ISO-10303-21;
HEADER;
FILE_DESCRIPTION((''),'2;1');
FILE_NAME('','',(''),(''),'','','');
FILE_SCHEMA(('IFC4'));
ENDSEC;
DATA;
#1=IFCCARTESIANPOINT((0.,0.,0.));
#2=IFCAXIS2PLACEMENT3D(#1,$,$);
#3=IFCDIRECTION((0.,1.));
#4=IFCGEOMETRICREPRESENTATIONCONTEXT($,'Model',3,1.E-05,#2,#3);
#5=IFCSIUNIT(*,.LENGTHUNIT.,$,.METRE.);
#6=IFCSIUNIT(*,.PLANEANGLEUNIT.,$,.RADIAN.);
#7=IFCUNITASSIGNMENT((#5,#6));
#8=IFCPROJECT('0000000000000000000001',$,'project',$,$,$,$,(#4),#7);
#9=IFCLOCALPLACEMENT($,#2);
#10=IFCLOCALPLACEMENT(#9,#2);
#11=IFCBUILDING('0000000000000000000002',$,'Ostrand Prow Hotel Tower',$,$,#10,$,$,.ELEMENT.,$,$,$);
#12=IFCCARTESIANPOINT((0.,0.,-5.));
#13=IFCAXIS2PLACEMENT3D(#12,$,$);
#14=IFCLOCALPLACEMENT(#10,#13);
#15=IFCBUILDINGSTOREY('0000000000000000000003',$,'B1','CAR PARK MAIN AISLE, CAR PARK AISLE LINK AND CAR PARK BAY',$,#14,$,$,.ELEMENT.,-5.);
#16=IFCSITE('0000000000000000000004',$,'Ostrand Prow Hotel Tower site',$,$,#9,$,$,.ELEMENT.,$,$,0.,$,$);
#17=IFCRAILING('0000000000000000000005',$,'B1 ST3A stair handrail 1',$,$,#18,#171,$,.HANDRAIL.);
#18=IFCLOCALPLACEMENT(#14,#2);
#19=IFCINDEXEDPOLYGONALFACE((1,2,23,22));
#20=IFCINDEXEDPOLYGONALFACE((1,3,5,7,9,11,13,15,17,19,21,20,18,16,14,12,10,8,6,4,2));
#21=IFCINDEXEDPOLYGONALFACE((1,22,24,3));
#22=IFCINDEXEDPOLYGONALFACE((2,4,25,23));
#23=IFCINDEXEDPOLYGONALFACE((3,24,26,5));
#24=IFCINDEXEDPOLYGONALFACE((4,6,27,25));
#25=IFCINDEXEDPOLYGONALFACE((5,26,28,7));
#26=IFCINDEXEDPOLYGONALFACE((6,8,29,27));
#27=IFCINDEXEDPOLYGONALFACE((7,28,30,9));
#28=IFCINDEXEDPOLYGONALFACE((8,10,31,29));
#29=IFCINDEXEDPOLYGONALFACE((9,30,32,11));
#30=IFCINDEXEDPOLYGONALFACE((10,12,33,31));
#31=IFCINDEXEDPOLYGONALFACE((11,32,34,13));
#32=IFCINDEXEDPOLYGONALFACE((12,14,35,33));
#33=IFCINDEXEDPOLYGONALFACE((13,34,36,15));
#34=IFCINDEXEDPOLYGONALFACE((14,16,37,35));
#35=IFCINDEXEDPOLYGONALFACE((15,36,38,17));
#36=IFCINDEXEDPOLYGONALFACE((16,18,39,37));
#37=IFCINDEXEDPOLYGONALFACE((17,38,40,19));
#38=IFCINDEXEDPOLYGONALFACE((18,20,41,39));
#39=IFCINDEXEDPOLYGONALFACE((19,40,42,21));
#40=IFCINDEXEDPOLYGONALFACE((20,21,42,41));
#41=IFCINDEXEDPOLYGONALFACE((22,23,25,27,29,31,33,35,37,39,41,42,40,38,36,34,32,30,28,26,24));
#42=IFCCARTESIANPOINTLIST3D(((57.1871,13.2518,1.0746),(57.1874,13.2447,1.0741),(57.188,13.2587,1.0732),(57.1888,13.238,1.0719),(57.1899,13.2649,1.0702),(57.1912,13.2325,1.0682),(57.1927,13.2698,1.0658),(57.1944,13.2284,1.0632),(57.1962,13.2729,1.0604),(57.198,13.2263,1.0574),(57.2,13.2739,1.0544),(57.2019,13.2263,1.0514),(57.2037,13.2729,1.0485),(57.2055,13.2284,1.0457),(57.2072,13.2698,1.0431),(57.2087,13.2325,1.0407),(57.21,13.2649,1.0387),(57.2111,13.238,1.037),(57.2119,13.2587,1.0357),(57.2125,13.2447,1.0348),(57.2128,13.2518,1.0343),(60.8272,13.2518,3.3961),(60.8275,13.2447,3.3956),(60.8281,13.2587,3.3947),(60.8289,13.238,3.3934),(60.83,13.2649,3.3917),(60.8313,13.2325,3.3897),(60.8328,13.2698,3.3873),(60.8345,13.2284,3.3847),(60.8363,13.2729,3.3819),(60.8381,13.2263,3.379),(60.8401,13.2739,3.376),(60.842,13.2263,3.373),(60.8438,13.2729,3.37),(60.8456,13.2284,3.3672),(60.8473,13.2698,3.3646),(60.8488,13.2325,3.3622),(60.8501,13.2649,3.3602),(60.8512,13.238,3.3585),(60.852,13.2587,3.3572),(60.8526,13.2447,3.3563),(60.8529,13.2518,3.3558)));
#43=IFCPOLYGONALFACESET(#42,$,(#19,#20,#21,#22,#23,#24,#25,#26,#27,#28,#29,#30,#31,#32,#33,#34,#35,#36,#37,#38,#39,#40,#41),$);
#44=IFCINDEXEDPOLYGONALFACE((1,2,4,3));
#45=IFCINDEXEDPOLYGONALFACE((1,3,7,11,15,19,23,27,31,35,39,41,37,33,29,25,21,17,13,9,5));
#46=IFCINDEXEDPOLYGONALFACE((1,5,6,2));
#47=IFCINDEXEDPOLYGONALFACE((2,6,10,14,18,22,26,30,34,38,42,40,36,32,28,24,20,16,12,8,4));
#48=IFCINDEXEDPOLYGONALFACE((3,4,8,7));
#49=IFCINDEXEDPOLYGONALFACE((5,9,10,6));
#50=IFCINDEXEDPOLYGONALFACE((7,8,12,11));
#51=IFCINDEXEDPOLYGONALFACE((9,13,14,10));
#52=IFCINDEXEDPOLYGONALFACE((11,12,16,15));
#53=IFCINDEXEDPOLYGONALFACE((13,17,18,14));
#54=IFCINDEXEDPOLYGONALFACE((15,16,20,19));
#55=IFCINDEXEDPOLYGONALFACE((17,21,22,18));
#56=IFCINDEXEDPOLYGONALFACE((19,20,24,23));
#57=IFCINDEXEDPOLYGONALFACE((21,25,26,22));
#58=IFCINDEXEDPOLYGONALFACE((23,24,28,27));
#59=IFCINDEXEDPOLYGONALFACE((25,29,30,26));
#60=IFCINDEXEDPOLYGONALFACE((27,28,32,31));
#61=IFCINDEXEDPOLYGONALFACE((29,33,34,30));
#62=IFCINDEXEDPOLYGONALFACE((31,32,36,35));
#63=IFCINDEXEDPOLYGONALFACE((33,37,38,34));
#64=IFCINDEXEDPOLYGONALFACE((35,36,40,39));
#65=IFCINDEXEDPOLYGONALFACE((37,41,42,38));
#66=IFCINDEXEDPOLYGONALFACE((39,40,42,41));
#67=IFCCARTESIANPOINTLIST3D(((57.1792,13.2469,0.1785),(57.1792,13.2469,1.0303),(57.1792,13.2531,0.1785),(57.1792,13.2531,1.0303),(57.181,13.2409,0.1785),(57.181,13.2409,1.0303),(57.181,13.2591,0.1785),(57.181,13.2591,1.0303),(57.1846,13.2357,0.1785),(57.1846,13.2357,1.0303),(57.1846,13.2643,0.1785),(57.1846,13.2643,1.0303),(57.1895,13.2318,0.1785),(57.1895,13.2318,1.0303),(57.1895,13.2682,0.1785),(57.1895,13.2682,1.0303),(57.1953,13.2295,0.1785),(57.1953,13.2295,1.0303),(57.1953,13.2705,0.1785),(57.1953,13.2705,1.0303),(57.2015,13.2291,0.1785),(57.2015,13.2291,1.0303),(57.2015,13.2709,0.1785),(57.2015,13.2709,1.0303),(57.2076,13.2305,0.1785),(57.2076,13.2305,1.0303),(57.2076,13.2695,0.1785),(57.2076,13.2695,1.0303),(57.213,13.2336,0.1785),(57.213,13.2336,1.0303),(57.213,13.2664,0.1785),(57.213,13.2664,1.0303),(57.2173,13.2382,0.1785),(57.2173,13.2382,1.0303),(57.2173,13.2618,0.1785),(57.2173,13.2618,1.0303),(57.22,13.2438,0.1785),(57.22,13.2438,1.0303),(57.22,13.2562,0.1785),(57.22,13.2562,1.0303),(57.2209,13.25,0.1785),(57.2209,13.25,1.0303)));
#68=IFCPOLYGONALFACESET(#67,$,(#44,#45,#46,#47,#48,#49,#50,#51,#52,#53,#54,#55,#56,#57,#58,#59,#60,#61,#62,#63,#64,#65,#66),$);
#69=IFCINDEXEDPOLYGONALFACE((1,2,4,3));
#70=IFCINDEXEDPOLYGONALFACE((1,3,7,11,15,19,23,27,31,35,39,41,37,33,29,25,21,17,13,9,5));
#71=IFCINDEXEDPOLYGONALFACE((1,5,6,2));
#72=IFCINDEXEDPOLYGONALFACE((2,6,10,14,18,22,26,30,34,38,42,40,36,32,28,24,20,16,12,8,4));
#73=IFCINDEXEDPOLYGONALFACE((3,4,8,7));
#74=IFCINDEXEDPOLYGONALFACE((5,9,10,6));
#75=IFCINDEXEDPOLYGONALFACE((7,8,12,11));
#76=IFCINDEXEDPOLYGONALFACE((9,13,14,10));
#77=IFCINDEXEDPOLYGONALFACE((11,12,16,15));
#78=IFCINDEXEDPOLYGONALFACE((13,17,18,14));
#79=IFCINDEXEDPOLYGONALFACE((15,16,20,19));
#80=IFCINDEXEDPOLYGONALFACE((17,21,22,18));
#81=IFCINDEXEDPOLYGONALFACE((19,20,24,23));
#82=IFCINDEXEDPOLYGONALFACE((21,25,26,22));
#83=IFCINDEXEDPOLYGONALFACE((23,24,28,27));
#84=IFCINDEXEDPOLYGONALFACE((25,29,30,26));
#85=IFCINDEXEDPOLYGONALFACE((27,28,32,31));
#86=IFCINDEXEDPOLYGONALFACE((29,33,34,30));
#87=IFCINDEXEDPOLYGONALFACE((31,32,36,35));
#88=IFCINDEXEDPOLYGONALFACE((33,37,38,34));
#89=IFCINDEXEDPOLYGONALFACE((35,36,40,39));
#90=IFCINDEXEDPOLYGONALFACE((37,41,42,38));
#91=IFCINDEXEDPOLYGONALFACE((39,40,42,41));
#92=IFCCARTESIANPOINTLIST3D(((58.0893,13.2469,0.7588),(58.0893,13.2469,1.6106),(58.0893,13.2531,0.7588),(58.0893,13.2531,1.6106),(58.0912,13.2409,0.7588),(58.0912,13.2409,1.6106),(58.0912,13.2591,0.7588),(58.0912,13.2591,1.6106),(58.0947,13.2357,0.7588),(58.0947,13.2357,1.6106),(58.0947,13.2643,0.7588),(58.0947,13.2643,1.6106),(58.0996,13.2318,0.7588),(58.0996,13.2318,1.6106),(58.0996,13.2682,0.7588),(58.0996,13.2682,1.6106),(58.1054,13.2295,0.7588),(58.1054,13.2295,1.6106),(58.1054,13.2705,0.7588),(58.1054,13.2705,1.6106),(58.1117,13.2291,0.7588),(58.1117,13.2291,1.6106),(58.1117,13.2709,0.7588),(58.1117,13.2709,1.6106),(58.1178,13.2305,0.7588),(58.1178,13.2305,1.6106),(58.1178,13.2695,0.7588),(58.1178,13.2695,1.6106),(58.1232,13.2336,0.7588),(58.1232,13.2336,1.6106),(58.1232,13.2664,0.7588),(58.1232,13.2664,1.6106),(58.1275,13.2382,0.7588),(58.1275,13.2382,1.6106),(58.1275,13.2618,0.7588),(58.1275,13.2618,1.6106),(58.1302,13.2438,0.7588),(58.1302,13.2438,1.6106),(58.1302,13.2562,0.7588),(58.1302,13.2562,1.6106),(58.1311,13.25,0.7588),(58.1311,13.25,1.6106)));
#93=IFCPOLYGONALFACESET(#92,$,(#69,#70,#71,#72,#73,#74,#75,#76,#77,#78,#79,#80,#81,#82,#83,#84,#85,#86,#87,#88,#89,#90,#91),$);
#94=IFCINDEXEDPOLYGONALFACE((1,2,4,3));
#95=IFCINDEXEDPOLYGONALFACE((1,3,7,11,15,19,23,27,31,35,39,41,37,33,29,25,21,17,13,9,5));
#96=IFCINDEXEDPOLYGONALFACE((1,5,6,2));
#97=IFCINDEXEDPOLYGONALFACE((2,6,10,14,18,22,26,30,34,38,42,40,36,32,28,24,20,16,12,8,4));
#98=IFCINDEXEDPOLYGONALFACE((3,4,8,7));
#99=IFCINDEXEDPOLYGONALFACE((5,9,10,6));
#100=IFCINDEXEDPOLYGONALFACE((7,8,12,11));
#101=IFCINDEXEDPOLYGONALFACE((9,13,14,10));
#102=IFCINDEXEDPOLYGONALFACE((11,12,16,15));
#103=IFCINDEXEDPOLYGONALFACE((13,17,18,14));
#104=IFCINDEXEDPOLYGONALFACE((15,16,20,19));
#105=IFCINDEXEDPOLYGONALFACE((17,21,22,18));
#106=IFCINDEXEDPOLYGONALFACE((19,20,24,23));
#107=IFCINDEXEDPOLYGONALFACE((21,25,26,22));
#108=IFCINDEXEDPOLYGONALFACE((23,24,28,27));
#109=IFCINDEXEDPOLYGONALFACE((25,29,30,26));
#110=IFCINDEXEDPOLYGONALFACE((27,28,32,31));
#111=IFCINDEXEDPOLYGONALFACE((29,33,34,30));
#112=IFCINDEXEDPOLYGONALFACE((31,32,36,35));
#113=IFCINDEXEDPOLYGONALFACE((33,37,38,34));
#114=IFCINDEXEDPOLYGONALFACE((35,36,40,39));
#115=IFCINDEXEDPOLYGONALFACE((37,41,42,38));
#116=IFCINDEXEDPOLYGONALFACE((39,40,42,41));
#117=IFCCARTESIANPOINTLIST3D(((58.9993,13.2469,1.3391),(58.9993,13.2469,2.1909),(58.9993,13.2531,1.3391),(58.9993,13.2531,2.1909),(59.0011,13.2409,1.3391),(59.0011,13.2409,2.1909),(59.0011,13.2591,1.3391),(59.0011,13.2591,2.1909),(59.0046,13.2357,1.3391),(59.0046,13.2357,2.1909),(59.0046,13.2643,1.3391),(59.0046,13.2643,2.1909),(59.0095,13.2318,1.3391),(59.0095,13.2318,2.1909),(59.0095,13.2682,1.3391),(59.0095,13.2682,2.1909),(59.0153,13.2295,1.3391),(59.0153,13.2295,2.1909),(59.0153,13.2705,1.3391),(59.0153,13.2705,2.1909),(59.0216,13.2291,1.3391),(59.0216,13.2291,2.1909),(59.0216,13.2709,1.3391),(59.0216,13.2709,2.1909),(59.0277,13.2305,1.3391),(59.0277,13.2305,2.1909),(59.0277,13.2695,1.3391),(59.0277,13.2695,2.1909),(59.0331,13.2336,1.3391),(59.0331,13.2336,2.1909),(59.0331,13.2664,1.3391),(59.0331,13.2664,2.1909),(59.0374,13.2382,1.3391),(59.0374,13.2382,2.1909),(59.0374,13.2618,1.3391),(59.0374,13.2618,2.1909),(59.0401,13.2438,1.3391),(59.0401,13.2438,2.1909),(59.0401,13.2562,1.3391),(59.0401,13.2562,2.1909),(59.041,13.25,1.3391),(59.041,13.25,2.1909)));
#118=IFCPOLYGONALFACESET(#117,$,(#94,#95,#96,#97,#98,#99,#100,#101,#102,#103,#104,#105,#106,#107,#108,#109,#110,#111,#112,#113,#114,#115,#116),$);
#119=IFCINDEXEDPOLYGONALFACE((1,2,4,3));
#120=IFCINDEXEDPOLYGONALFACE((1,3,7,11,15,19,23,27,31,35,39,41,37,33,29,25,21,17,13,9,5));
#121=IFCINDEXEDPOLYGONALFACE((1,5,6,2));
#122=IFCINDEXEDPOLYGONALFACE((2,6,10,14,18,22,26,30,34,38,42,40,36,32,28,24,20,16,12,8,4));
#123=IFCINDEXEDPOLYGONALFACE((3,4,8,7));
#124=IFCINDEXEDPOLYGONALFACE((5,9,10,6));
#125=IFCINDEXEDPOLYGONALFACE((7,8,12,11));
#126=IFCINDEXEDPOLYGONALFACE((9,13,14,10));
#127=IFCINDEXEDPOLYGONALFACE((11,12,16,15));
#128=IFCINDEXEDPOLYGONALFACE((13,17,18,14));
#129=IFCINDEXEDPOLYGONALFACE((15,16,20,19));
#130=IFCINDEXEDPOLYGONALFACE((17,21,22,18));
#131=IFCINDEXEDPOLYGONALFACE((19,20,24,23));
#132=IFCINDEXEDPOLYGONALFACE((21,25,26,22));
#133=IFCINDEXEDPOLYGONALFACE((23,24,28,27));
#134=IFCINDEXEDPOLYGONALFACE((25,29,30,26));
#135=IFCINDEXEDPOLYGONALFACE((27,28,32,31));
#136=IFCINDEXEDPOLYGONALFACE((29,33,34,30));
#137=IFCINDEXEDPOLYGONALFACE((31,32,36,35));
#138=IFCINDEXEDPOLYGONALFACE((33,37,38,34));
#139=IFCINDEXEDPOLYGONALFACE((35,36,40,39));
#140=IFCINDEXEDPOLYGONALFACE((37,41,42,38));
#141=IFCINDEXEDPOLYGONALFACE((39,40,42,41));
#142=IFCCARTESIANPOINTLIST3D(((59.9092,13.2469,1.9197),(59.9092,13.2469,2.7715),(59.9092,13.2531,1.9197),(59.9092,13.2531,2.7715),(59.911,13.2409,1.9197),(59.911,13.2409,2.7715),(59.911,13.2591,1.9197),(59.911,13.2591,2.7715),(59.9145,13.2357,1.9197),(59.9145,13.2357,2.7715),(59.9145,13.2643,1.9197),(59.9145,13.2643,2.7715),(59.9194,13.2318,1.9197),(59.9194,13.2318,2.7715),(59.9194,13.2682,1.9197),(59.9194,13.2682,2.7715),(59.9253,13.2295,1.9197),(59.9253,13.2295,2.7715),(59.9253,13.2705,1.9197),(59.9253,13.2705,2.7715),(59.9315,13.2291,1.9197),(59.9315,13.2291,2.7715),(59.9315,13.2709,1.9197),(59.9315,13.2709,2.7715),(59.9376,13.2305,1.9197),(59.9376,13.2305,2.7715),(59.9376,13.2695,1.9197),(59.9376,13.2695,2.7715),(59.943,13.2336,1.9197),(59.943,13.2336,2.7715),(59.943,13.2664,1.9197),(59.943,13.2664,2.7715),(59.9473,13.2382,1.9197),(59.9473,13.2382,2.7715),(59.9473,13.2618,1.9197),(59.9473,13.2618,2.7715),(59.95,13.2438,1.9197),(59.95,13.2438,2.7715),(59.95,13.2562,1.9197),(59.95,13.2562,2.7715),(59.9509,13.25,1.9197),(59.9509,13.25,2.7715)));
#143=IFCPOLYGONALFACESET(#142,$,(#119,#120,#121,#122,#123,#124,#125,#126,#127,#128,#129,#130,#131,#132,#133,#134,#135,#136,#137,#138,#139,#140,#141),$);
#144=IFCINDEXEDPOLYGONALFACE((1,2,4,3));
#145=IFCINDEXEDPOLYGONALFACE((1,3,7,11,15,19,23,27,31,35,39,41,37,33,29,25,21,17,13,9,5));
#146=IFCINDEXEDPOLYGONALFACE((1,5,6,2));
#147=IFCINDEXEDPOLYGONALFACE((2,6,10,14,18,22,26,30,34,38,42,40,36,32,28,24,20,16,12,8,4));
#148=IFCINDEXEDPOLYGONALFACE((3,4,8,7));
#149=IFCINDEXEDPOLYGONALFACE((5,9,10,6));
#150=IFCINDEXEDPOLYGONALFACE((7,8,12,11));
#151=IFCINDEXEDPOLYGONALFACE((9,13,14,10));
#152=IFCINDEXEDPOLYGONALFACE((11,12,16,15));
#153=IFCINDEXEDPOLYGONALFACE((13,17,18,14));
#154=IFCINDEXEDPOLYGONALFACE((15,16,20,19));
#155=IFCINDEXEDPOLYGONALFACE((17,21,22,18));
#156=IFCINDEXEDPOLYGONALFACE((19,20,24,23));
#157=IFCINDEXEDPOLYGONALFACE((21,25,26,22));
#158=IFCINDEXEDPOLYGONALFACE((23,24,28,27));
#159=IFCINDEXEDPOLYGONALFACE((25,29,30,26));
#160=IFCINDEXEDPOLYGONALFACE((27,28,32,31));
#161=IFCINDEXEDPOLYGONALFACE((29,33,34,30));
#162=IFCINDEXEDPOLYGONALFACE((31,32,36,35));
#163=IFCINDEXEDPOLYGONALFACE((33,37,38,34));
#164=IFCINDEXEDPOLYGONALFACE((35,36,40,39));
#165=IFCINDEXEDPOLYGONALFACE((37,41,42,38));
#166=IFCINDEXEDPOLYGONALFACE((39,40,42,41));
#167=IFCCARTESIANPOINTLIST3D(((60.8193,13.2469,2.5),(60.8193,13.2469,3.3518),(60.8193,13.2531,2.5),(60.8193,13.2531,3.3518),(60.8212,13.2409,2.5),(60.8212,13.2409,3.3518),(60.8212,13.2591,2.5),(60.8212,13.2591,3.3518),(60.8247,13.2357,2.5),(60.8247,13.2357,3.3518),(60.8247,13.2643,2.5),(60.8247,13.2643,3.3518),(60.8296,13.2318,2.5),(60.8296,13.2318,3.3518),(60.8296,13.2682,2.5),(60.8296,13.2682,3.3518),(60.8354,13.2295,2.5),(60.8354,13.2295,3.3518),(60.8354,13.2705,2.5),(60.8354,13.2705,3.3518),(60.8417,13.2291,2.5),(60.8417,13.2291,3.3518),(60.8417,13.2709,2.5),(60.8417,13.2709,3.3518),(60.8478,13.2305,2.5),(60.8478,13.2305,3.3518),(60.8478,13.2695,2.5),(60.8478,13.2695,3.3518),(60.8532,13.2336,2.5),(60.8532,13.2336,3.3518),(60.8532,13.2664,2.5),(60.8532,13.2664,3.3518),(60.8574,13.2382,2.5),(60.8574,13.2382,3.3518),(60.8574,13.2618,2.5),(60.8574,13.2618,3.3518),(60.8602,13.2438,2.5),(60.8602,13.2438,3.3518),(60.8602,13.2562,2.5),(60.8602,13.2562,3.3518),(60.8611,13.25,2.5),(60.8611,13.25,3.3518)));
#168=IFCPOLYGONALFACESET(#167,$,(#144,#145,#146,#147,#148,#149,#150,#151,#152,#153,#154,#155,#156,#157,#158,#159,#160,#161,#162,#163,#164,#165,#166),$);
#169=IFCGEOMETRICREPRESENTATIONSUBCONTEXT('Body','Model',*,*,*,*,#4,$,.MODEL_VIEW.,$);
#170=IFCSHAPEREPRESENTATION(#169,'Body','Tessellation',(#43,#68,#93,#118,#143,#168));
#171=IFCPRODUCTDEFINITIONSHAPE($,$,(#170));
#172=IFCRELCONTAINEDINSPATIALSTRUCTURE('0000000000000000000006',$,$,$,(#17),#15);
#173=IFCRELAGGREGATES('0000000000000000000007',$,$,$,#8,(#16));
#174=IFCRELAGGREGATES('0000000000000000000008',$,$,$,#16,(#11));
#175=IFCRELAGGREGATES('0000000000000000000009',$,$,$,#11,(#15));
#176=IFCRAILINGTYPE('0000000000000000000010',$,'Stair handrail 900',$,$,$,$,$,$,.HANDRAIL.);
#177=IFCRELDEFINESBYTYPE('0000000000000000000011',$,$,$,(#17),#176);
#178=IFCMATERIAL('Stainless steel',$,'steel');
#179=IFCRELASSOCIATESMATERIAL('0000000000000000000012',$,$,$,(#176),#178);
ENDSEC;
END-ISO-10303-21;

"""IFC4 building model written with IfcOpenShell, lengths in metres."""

from ifc_helpers import new_model, si_unit, direction, frame, origin, origin_2d, place, context, subcontext, project, spatial, circle, extrude, material, type_object, element, save


model = new_model("IFC4")

# Units and contexts
model_context = context("Model", 3, precision=1e-05, world=origin(), true_north=direction((0.0, 1.0)))
body_context = subcontext(model_context, "Body", "Model", "MODEL_VIEW")
ifc_project = project(units=[si_unit("LENGTHUNIT", "METRE"), si_unit("PLANEANGLEUNIT", "RADIAN")], contexts=[model_context])

# Site, building, storey
site_placement = place(None, origin())
site = spatial("IfcSite", under=ifc_project, at=site_placement, Name="Ostrand Prow Hotel Tower site", CompositionType="ELEMENT", RefElevation=0.0)
building_placement = place(site_placement, origin())
building = spatial("IfcBuilding", under=site, at=building_placement, Name="Ostrand Prow Hotel Tower", CompositionType="ELEMENT")
storey_placement = place(building_placement, frame((0.0, 0.0, -5.0)))
storey = spatial("IfcBuildingStorey", under=building, at=storey_placement, Name="B1", Description="CAR PARK MAIN AISLE, CAR PARK AISLE LINK AND CAR PARK BAY", CompositionType="ELEMENT", Elevation=-5.0)

# Railing
ifc_material_1 = material(Name="Stainless steel", Category="steel")
railing_type_1 = type_object("IfcRailingType", Name="Stair handrail 900", PredefinedType="HANDRAIL", material=ifc_material_1)
railing_1_placement = place(storey_placement, frame((57.2, 13.25, 0.1785)))
element("IfcRailing", 1, at=railing_1_placement, inside=storey, type_object=railing_type_1, Name="B1 ST3A stair handrail 1", PredefinedType="HANDRAIL", context=body_context, shape_type="SweptSolid", body=[
    extrude(circle(Radius=0.0239, at=origin_2d()), frame((0.0, 0.0, 0.876), z_axis=(0.843128, 0.0, 0.537713), x_axis=(0.0, 1.0, 0.0)), (0.0, 0.0, 1.0), 4.3174),
    extrude(circle(Radius=0.021, at=origin_2d()), origin(), (0.0, 0.0, 1.0), 0.8518),
    extrude(circle(Radius=0.021, at=origin_2d()), frame((0.9102, 0.0, 0.5803)), (0.0, 0.0, 1.0), 0.8518),
    extrude(circle(Radius=0.021, at=origin_2d()), frame((1.8201, 0.0, 1.1606)), (0.0, 0.0, 1.0), 0.8518),
    extrude(circle(Radius=0.021, at=origin_2d()), frame((2.73, 0.0, 1.7412)), (0.0, 0.0, 1.0), 0.8518),
    extrude(circle(Radius=0.021, at=origin_2d()), frame((3.6401, 0.0, 2.3215)), (0.0, 0.0, 1.0), 0.8518),
])

save(model, "model.ifc")
